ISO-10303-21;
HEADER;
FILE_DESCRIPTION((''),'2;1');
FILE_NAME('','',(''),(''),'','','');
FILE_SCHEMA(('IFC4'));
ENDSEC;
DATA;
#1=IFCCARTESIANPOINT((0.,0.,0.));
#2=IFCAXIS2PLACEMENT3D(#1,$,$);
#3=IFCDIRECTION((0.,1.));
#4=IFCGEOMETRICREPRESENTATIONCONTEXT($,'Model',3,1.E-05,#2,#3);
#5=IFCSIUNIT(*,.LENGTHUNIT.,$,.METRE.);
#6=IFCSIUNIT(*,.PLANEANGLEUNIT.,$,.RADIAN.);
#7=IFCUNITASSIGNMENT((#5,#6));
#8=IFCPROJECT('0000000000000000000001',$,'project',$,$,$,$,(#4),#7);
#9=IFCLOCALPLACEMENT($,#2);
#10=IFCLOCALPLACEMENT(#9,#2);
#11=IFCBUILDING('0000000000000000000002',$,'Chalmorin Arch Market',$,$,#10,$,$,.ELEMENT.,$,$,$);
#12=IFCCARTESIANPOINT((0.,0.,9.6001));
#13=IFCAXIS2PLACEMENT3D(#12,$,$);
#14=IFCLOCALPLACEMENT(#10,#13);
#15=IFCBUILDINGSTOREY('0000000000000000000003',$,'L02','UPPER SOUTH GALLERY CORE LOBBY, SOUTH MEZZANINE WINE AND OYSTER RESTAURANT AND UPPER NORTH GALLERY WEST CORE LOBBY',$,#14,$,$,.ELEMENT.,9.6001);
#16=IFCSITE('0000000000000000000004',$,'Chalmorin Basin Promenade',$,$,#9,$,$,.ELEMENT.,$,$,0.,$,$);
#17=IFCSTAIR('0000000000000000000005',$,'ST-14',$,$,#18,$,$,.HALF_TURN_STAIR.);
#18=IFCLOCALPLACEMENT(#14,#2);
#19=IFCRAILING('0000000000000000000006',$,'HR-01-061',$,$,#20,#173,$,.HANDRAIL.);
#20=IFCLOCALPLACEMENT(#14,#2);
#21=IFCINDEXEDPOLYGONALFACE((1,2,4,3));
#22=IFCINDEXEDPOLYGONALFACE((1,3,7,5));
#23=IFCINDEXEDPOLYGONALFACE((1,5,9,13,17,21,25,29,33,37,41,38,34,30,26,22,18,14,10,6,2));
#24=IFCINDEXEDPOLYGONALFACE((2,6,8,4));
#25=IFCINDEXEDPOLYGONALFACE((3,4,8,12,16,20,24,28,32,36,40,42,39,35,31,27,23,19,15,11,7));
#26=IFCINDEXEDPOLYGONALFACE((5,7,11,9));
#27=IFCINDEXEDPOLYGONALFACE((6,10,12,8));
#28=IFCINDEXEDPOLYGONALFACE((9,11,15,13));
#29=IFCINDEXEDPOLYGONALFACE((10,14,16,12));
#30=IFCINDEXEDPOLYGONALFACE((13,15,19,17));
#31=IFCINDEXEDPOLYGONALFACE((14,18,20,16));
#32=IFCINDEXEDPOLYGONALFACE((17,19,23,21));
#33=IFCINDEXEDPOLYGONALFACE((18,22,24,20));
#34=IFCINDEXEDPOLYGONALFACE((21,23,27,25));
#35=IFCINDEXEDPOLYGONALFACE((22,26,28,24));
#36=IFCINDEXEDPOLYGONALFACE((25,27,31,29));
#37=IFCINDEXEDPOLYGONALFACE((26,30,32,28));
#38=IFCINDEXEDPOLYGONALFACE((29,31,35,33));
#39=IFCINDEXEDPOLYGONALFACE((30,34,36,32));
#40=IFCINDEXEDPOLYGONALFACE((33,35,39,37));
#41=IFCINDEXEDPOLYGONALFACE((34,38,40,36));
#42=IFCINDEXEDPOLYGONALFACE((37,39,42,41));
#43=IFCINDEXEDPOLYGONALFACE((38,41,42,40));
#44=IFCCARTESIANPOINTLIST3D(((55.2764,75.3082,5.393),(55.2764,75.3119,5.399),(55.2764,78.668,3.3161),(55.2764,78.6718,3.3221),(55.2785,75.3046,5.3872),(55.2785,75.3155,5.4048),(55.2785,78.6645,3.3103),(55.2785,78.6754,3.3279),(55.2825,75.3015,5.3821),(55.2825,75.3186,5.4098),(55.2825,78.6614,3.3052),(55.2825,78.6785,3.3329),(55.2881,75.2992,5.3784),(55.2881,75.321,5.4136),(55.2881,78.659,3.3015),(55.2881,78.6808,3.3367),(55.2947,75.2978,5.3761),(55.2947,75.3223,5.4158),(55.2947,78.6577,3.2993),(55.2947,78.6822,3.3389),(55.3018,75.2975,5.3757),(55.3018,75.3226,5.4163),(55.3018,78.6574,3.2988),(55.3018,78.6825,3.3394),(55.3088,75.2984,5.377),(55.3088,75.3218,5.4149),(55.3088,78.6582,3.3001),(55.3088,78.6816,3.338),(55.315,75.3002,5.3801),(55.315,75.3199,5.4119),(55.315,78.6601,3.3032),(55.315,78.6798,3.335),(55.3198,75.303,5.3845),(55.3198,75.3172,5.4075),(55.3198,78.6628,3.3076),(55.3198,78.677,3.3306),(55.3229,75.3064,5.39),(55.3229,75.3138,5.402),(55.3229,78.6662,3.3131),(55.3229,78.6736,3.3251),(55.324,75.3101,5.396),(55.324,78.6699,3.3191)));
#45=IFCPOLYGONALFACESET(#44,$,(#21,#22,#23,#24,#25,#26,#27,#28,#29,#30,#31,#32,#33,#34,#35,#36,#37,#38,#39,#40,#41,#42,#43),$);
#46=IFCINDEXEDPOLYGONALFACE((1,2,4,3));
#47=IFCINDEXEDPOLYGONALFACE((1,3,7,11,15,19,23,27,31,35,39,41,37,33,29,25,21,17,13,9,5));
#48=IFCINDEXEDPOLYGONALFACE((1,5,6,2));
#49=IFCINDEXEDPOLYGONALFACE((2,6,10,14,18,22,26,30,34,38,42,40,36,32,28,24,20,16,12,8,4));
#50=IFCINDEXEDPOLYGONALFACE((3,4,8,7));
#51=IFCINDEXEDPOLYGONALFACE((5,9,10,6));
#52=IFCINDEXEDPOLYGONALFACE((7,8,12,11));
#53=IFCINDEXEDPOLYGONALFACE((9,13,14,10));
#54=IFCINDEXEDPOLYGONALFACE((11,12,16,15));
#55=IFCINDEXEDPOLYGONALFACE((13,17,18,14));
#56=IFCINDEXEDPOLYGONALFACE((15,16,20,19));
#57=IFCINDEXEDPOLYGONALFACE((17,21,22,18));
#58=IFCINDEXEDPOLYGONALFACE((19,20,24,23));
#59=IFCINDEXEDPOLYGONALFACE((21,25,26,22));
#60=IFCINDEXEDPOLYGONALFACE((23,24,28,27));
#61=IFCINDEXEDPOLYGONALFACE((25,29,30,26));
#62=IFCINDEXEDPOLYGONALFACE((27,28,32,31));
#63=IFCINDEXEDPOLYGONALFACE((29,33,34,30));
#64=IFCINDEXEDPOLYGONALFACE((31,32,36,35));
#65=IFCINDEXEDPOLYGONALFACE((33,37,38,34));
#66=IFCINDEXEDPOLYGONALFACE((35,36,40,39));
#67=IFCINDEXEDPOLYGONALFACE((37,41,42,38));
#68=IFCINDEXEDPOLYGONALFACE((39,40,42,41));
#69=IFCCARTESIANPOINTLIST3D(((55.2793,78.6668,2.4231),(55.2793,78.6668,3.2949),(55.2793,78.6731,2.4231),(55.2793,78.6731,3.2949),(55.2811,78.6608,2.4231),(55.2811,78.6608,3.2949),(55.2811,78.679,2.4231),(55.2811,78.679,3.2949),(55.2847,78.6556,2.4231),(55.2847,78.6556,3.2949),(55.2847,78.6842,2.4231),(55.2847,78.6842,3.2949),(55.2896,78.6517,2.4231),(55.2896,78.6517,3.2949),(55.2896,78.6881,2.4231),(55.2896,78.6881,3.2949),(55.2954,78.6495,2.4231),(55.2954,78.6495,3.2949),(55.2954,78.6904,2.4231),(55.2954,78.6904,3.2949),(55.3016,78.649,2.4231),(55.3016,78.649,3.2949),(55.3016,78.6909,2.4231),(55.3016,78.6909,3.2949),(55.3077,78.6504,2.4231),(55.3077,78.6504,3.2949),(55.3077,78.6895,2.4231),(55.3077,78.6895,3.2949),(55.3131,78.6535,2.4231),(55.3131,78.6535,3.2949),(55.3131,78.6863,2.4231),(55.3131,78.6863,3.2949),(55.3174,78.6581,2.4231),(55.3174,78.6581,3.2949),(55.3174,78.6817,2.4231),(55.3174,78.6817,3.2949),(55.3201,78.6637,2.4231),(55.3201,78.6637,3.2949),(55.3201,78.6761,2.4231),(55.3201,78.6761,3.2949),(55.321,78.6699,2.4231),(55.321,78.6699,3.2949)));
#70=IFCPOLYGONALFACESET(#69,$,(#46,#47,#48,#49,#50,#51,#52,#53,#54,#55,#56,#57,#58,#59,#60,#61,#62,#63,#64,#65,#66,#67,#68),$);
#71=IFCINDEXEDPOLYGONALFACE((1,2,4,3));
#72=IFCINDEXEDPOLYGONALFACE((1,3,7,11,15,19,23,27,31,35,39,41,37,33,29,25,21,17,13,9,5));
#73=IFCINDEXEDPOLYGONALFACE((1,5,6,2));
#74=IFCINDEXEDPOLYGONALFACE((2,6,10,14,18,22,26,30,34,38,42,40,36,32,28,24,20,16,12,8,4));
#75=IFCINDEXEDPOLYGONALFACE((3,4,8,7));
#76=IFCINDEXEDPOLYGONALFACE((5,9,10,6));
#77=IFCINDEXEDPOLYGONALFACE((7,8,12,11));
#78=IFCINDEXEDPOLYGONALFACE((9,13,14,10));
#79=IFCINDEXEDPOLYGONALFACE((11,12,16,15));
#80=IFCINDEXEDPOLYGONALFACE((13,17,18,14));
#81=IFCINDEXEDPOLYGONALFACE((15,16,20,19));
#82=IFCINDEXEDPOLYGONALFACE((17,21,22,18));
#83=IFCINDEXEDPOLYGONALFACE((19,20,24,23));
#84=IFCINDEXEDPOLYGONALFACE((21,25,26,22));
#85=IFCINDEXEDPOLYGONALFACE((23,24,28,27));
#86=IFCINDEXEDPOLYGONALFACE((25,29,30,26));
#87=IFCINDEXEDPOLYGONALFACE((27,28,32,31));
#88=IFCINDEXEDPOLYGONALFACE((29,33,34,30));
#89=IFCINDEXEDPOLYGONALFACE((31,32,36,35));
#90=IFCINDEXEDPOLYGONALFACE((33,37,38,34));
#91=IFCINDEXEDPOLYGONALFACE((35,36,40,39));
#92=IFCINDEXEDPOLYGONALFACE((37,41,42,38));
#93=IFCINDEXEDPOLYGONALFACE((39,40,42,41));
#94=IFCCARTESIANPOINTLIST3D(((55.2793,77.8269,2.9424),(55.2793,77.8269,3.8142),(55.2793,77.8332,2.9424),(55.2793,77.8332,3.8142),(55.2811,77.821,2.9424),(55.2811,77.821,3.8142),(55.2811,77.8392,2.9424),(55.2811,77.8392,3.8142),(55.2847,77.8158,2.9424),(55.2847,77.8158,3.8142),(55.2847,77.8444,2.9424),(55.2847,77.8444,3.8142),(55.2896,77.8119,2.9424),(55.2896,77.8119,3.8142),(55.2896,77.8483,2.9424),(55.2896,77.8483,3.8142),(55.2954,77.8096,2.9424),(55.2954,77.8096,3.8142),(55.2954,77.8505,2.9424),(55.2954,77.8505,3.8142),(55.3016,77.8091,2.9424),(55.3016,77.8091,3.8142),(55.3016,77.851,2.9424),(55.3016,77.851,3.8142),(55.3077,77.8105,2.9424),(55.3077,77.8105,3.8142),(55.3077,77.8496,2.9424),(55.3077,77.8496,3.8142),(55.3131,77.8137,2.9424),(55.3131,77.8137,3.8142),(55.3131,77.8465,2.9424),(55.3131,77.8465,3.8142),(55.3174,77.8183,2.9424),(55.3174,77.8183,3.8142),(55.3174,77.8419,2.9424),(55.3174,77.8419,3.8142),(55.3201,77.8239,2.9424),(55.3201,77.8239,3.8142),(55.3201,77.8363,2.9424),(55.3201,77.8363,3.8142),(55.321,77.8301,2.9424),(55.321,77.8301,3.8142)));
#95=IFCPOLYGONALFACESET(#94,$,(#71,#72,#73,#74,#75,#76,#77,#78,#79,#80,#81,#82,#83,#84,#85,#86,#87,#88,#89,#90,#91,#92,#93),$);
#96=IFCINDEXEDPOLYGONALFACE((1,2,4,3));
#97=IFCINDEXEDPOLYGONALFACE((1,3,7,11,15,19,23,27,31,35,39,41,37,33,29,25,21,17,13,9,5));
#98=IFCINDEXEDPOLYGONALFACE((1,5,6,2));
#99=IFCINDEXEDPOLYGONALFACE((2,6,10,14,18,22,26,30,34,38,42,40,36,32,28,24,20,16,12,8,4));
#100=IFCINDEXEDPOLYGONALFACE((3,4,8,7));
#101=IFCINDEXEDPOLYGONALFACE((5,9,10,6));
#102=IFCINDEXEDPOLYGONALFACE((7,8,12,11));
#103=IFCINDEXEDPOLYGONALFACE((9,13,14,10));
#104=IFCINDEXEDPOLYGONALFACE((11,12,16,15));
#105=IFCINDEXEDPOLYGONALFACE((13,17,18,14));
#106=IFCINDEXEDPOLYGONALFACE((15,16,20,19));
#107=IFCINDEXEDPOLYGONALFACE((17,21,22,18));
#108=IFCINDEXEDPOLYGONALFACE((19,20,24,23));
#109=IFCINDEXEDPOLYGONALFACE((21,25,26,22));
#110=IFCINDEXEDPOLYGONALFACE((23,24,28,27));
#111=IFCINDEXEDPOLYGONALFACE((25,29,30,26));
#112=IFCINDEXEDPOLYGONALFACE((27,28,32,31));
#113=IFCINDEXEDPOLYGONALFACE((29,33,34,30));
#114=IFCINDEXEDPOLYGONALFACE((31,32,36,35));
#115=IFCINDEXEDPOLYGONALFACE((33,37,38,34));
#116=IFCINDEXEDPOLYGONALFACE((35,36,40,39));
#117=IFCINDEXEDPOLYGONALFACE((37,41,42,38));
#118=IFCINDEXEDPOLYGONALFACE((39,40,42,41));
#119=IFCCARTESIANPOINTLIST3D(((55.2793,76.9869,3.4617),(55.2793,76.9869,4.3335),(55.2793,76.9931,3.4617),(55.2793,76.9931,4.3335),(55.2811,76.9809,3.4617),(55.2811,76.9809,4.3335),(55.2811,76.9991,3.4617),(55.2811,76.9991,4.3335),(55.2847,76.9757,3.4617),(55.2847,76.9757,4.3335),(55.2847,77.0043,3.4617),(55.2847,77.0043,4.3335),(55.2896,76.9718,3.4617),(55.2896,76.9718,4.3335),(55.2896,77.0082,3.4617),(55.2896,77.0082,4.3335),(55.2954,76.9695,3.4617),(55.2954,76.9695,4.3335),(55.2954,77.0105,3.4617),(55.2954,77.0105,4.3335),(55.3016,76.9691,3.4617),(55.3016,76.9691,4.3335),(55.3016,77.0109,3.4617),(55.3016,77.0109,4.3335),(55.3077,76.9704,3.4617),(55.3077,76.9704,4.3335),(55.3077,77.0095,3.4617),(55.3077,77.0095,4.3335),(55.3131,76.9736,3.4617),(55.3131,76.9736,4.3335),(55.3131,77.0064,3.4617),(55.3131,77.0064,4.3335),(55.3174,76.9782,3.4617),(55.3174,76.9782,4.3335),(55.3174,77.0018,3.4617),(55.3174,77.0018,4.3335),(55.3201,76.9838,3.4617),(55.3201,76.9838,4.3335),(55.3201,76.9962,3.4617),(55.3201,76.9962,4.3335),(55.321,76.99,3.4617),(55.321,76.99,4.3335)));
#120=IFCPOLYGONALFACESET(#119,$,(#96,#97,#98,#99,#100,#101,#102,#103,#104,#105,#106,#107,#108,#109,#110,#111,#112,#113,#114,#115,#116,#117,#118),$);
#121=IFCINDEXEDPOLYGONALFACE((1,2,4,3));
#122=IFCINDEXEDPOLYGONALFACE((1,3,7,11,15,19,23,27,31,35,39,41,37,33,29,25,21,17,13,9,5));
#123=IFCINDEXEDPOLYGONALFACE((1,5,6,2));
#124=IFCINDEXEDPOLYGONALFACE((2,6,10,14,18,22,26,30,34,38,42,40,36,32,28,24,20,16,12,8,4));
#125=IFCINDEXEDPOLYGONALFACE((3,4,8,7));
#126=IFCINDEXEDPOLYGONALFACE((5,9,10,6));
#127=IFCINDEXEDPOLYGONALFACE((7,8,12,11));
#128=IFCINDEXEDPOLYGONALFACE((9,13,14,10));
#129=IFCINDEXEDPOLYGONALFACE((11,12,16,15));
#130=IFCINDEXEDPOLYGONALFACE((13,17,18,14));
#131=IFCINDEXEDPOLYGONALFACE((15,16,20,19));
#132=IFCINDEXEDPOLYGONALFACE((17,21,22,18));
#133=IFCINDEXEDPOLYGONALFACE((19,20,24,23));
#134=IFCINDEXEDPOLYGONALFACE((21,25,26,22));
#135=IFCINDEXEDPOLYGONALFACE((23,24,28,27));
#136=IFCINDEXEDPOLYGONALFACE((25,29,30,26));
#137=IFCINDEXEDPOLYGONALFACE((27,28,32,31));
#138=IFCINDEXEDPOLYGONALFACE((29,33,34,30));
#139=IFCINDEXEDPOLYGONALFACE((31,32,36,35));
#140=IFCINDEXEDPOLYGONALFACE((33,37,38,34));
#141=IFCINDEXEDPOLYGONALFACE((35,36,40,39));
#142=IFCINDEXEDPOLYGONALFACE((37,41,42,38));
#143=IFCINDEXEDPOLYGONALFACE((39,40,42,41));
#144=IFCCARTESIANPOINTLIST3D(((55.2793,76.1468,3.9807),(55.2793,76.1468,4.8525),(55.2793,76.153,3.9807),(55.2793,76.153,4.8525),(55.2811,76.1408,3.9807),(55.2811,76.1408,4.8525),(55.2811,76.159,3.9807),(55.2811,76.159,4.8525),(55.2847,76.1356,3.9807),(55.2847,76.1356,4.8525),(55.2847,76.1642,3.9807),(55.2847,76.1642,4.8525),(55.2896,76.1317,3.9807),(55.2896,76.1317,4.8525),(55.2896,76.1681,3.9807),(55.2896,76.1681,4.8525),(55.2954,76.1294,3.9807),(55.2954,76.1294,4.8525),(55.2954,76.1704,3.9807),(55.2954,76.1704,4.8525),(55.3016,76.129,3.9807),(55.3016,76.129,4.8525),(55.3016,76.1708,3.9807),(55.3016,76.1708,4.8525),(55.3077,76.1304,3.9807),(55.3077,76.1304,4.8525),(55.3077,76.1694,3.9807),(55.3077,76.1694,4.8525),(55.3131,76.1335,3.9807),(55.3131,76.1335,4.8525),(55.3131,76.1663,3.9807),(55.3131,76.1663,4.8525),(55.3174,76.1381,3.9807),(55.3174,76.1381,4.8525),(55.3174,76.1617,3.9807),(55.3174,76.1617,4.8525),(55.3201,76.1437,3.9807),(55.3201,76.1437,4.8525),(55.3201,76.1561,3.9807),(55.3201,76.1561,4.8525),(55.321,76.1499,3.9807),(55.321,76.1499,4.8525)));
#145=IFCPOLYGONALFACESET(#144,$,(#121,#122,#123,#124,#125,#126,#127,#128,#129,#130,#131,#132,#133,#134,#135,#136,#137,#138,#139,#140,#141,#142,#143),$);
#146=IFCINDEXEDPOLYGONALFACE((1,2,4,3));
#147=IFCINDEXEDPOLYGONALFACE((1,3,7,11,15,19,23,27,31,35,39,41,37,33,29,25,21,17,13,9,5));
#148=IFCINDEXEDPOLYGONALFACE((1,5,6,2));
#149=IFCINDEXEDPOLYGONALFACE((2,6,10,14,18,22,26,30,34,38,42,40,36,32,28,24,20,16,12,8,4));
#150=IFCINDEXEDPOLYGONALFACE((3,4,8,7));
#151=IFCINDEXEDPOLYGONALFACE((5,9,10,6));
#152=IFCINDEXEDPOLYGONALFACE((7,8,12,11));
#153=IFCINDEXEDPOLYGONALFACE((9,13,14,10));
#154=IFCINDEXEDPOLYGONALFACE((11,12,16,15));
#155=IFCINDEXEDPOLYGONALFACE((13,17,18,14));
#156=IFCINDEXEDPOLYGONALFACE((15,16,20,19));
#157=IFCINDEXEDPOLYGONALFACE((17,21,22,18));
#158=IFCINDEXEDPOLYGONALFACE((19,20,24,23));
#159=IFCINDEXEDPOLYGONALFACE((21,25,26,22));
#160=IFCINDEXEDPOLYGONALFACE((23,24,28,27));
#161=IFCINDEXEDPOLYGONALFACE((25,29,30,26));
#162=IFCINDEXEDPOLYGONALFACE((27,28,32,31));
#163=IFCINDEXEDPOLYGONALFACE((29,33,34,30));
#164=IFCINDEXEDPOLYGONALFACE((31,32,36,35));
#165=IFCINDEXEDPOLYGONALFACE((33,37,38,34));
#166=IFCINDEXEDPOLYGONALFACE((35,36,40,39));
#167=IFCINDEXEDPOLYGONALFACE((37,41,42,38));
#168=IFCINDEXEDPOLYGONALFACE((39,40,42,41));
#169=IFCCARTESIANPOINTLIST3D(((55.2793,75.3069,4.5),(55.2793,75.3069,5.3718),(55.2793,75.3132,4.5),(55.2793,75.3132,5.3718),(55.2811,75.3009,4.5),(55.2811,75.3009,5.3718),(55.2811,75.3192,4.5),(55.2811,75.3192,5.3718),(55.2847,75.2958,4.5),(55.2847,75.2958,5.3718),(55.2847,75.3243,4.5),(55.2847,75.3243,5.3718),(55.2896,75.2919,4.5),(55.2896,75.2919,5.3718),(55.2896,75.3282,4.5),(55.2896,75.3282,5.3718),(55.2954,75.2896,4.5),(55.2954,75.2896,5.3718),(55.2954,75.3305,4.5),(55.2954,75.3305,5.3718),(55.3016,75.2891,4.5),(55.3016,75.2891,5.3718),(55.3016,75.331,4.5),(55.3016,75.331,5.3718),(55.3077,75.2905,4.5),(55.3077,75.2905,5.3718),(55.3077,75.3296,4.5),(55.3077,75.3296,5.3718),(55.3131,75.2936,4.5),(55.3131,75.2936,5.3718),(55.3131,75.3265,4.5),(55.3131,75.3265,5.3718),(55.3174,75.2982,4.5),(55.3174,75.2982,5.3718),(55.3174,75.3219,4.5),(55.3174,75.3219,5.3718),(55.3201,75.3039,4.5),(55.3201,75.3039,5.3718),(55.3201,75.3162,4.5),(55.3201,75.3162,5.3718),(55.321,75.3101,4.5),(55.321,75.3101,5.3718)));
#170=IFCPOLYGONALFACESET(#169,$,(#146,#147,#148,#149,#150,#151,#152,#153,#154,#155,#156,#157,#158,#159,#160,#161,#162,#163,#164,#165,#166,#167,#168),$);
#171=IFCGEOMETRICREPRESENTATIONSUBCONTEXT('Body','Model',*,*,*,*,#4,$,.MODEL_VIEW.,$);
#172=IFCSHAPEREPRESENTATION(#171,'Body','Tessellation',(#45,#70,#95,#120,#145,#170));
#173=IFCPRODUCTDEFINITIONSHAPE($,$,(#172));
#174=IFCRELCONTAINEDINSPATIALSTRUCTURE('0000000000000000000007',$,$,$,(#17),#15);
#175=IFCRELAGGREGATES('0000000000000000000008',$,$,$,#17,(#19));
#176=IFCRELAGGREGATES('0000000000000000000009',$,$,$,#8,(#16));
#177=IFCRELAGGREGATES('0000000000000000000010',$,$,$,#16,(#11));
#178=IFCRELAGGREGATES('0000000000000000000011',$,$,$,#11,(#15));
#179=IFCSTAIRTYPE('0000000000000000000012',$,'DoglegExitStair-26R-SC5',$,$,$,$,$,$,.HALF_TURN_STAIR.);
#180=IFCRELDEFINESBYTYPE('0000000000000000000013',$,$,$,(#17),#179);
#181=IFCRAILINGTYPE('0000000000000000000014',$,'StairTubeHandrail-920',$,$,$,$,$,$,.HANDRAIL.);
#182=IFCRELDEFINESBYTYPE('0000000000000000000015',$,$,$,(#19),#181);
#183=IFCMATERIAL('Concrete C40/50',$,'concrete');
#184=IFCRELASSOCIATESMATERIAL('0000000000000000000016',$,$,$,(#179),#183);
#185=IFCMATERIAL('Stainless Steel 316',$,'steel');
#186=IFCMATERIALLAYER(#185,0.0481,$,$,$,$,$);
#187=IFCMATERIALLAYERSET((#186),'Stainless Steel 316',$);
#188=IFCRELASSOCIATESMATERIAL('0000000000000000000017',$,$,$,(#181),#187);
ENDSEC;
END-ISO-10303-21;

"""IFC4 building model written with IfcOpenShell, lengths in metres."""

from ifc_helpers import new_model, si_unit, direction, frame, origin, origin_2d, place, context, subcontext, project, spatial, circle, extrude, material, layer, layer_set, type_object, element, aggregate, save


model = new_model("IFC4")

# Units and contexts
model_context = context("Model", 3, precision=1e-05, world=origin(), true_north=direction((0.0, 1.0)))
body_context = subcontext(model_context, "Body", "Model", "MODEL_VIEW")
ifc_project = project(units=[si_unit("LENGTHUNIT", "METRE"), si_unit("PLANEANGLEUNIT", "RADIAN")], contexts=[model_context])

# Site, building, storey
site_placement = place(None, origin())
site = spatial("IfcSite", under=ifc_project, at=site_placement, Name="Chalmorin Basin Promenade", CompositionType="ELEMENT", RefElevation=0.0)
building_placement = place(site_placement, origin())
building = spatial("IfcBuilding", under=site, at=building_placement, Name="Chalmorin Arch Market", CompositionType="ELEMENT")
storey_placement = place(building_placement, frame((0.0, 0.0, 9.6001)))
storey = spatial("IfcBuildingStorey", under=building, at=storey_placement, Name="L02", Description="UPPER SOUTH GALLERY CORE LOBBY, SOUTH MEZZANINE WINE AND OYSTER RESTAURANT AND UPPER NORTH GALLERY WEST CORE LOBBY", CompositionType="ELEMENT", Elevation=9.6001)

# Shared definitions
ifc_material_1 = material(Name="Concrete C40/50", Category="concrete")

# Stair, railing
stair_type = type_object("IfcStairType", Name="DoglegExitStair-26R-SC5", PredefinedType="HALF_TURN_STAIR", material=ifc_material_1)
stair_placement = place(storey_placement, origin())
stair = element("IfcStair", 1, at=stair_placement, inside=storey, type_object=stair_type, Name="ST-14", PredefinedType="HALF_TURN_STAIR")
ifc_material_2 = material(Name="Stainless Steel 316", Category="steel")
ifc_layer_1 = layer(ifc_material_2, 0.0481)
ifc_layer_set_1 = layer_set([ifc_layer_1], Name="Stainless Steel 316")
railing_type_1 = type_object("IfcRailingType", Name="StairTubeHandrail-920", PredefinedType="HANDRAIL", material=ifc_layer_set_1)
railing_1_placement = place(storey_placement, frame((55.3, 78.6699, 2.4231)))
railing_1 = element("IfcRailing", 2, at=railing_1_placement, type_object=railing_type_1, Name="HR-01-061", PredefinedType="HANDRAIL", context=body_context, shape_type="SweptSolid", body=[
    extrude(circle(Radius=0.0239, at=origin_2d()), frame((0.0, 0.0, 0.896), z_axis=(0.0, -0.850606, 0.525803), x_axis=(1.0, 0.0, 0.0)), (0.0, 0.0, 1.0), 3.95),
    extrude(circle(Radius=0.021, at=origin_2d()), origin(), (0.0, 0.0, 1.0), 0.8718),
    extrude(circle(Radius=0.021, at=origin_2d()), frame((0.0, -0.8398, 0.5193)), (0.0, 0.0, 1.0), 0.8718),
    extrude(circle(Radius=0.021, at=origin_2d()), frame((0.0, -1.6799, 1.0386)), (0.0, 0.0, 1.0), 0.8718),
    extrude(circle(Radius=0.021, at=origin_2d()), frame((0.0, -2.52, 1.5576)), (0.0, 0.0, 1.0), 0.8718),
    extrude(circle(Radius=0.021, at=origin_2d()), frame((0.0, -3.3599, 2.0769)), (0.0, 0.0, 1.0), 0.8718),
])
aggregate(stair, [railing_1])

save(model, "model.ifc")
